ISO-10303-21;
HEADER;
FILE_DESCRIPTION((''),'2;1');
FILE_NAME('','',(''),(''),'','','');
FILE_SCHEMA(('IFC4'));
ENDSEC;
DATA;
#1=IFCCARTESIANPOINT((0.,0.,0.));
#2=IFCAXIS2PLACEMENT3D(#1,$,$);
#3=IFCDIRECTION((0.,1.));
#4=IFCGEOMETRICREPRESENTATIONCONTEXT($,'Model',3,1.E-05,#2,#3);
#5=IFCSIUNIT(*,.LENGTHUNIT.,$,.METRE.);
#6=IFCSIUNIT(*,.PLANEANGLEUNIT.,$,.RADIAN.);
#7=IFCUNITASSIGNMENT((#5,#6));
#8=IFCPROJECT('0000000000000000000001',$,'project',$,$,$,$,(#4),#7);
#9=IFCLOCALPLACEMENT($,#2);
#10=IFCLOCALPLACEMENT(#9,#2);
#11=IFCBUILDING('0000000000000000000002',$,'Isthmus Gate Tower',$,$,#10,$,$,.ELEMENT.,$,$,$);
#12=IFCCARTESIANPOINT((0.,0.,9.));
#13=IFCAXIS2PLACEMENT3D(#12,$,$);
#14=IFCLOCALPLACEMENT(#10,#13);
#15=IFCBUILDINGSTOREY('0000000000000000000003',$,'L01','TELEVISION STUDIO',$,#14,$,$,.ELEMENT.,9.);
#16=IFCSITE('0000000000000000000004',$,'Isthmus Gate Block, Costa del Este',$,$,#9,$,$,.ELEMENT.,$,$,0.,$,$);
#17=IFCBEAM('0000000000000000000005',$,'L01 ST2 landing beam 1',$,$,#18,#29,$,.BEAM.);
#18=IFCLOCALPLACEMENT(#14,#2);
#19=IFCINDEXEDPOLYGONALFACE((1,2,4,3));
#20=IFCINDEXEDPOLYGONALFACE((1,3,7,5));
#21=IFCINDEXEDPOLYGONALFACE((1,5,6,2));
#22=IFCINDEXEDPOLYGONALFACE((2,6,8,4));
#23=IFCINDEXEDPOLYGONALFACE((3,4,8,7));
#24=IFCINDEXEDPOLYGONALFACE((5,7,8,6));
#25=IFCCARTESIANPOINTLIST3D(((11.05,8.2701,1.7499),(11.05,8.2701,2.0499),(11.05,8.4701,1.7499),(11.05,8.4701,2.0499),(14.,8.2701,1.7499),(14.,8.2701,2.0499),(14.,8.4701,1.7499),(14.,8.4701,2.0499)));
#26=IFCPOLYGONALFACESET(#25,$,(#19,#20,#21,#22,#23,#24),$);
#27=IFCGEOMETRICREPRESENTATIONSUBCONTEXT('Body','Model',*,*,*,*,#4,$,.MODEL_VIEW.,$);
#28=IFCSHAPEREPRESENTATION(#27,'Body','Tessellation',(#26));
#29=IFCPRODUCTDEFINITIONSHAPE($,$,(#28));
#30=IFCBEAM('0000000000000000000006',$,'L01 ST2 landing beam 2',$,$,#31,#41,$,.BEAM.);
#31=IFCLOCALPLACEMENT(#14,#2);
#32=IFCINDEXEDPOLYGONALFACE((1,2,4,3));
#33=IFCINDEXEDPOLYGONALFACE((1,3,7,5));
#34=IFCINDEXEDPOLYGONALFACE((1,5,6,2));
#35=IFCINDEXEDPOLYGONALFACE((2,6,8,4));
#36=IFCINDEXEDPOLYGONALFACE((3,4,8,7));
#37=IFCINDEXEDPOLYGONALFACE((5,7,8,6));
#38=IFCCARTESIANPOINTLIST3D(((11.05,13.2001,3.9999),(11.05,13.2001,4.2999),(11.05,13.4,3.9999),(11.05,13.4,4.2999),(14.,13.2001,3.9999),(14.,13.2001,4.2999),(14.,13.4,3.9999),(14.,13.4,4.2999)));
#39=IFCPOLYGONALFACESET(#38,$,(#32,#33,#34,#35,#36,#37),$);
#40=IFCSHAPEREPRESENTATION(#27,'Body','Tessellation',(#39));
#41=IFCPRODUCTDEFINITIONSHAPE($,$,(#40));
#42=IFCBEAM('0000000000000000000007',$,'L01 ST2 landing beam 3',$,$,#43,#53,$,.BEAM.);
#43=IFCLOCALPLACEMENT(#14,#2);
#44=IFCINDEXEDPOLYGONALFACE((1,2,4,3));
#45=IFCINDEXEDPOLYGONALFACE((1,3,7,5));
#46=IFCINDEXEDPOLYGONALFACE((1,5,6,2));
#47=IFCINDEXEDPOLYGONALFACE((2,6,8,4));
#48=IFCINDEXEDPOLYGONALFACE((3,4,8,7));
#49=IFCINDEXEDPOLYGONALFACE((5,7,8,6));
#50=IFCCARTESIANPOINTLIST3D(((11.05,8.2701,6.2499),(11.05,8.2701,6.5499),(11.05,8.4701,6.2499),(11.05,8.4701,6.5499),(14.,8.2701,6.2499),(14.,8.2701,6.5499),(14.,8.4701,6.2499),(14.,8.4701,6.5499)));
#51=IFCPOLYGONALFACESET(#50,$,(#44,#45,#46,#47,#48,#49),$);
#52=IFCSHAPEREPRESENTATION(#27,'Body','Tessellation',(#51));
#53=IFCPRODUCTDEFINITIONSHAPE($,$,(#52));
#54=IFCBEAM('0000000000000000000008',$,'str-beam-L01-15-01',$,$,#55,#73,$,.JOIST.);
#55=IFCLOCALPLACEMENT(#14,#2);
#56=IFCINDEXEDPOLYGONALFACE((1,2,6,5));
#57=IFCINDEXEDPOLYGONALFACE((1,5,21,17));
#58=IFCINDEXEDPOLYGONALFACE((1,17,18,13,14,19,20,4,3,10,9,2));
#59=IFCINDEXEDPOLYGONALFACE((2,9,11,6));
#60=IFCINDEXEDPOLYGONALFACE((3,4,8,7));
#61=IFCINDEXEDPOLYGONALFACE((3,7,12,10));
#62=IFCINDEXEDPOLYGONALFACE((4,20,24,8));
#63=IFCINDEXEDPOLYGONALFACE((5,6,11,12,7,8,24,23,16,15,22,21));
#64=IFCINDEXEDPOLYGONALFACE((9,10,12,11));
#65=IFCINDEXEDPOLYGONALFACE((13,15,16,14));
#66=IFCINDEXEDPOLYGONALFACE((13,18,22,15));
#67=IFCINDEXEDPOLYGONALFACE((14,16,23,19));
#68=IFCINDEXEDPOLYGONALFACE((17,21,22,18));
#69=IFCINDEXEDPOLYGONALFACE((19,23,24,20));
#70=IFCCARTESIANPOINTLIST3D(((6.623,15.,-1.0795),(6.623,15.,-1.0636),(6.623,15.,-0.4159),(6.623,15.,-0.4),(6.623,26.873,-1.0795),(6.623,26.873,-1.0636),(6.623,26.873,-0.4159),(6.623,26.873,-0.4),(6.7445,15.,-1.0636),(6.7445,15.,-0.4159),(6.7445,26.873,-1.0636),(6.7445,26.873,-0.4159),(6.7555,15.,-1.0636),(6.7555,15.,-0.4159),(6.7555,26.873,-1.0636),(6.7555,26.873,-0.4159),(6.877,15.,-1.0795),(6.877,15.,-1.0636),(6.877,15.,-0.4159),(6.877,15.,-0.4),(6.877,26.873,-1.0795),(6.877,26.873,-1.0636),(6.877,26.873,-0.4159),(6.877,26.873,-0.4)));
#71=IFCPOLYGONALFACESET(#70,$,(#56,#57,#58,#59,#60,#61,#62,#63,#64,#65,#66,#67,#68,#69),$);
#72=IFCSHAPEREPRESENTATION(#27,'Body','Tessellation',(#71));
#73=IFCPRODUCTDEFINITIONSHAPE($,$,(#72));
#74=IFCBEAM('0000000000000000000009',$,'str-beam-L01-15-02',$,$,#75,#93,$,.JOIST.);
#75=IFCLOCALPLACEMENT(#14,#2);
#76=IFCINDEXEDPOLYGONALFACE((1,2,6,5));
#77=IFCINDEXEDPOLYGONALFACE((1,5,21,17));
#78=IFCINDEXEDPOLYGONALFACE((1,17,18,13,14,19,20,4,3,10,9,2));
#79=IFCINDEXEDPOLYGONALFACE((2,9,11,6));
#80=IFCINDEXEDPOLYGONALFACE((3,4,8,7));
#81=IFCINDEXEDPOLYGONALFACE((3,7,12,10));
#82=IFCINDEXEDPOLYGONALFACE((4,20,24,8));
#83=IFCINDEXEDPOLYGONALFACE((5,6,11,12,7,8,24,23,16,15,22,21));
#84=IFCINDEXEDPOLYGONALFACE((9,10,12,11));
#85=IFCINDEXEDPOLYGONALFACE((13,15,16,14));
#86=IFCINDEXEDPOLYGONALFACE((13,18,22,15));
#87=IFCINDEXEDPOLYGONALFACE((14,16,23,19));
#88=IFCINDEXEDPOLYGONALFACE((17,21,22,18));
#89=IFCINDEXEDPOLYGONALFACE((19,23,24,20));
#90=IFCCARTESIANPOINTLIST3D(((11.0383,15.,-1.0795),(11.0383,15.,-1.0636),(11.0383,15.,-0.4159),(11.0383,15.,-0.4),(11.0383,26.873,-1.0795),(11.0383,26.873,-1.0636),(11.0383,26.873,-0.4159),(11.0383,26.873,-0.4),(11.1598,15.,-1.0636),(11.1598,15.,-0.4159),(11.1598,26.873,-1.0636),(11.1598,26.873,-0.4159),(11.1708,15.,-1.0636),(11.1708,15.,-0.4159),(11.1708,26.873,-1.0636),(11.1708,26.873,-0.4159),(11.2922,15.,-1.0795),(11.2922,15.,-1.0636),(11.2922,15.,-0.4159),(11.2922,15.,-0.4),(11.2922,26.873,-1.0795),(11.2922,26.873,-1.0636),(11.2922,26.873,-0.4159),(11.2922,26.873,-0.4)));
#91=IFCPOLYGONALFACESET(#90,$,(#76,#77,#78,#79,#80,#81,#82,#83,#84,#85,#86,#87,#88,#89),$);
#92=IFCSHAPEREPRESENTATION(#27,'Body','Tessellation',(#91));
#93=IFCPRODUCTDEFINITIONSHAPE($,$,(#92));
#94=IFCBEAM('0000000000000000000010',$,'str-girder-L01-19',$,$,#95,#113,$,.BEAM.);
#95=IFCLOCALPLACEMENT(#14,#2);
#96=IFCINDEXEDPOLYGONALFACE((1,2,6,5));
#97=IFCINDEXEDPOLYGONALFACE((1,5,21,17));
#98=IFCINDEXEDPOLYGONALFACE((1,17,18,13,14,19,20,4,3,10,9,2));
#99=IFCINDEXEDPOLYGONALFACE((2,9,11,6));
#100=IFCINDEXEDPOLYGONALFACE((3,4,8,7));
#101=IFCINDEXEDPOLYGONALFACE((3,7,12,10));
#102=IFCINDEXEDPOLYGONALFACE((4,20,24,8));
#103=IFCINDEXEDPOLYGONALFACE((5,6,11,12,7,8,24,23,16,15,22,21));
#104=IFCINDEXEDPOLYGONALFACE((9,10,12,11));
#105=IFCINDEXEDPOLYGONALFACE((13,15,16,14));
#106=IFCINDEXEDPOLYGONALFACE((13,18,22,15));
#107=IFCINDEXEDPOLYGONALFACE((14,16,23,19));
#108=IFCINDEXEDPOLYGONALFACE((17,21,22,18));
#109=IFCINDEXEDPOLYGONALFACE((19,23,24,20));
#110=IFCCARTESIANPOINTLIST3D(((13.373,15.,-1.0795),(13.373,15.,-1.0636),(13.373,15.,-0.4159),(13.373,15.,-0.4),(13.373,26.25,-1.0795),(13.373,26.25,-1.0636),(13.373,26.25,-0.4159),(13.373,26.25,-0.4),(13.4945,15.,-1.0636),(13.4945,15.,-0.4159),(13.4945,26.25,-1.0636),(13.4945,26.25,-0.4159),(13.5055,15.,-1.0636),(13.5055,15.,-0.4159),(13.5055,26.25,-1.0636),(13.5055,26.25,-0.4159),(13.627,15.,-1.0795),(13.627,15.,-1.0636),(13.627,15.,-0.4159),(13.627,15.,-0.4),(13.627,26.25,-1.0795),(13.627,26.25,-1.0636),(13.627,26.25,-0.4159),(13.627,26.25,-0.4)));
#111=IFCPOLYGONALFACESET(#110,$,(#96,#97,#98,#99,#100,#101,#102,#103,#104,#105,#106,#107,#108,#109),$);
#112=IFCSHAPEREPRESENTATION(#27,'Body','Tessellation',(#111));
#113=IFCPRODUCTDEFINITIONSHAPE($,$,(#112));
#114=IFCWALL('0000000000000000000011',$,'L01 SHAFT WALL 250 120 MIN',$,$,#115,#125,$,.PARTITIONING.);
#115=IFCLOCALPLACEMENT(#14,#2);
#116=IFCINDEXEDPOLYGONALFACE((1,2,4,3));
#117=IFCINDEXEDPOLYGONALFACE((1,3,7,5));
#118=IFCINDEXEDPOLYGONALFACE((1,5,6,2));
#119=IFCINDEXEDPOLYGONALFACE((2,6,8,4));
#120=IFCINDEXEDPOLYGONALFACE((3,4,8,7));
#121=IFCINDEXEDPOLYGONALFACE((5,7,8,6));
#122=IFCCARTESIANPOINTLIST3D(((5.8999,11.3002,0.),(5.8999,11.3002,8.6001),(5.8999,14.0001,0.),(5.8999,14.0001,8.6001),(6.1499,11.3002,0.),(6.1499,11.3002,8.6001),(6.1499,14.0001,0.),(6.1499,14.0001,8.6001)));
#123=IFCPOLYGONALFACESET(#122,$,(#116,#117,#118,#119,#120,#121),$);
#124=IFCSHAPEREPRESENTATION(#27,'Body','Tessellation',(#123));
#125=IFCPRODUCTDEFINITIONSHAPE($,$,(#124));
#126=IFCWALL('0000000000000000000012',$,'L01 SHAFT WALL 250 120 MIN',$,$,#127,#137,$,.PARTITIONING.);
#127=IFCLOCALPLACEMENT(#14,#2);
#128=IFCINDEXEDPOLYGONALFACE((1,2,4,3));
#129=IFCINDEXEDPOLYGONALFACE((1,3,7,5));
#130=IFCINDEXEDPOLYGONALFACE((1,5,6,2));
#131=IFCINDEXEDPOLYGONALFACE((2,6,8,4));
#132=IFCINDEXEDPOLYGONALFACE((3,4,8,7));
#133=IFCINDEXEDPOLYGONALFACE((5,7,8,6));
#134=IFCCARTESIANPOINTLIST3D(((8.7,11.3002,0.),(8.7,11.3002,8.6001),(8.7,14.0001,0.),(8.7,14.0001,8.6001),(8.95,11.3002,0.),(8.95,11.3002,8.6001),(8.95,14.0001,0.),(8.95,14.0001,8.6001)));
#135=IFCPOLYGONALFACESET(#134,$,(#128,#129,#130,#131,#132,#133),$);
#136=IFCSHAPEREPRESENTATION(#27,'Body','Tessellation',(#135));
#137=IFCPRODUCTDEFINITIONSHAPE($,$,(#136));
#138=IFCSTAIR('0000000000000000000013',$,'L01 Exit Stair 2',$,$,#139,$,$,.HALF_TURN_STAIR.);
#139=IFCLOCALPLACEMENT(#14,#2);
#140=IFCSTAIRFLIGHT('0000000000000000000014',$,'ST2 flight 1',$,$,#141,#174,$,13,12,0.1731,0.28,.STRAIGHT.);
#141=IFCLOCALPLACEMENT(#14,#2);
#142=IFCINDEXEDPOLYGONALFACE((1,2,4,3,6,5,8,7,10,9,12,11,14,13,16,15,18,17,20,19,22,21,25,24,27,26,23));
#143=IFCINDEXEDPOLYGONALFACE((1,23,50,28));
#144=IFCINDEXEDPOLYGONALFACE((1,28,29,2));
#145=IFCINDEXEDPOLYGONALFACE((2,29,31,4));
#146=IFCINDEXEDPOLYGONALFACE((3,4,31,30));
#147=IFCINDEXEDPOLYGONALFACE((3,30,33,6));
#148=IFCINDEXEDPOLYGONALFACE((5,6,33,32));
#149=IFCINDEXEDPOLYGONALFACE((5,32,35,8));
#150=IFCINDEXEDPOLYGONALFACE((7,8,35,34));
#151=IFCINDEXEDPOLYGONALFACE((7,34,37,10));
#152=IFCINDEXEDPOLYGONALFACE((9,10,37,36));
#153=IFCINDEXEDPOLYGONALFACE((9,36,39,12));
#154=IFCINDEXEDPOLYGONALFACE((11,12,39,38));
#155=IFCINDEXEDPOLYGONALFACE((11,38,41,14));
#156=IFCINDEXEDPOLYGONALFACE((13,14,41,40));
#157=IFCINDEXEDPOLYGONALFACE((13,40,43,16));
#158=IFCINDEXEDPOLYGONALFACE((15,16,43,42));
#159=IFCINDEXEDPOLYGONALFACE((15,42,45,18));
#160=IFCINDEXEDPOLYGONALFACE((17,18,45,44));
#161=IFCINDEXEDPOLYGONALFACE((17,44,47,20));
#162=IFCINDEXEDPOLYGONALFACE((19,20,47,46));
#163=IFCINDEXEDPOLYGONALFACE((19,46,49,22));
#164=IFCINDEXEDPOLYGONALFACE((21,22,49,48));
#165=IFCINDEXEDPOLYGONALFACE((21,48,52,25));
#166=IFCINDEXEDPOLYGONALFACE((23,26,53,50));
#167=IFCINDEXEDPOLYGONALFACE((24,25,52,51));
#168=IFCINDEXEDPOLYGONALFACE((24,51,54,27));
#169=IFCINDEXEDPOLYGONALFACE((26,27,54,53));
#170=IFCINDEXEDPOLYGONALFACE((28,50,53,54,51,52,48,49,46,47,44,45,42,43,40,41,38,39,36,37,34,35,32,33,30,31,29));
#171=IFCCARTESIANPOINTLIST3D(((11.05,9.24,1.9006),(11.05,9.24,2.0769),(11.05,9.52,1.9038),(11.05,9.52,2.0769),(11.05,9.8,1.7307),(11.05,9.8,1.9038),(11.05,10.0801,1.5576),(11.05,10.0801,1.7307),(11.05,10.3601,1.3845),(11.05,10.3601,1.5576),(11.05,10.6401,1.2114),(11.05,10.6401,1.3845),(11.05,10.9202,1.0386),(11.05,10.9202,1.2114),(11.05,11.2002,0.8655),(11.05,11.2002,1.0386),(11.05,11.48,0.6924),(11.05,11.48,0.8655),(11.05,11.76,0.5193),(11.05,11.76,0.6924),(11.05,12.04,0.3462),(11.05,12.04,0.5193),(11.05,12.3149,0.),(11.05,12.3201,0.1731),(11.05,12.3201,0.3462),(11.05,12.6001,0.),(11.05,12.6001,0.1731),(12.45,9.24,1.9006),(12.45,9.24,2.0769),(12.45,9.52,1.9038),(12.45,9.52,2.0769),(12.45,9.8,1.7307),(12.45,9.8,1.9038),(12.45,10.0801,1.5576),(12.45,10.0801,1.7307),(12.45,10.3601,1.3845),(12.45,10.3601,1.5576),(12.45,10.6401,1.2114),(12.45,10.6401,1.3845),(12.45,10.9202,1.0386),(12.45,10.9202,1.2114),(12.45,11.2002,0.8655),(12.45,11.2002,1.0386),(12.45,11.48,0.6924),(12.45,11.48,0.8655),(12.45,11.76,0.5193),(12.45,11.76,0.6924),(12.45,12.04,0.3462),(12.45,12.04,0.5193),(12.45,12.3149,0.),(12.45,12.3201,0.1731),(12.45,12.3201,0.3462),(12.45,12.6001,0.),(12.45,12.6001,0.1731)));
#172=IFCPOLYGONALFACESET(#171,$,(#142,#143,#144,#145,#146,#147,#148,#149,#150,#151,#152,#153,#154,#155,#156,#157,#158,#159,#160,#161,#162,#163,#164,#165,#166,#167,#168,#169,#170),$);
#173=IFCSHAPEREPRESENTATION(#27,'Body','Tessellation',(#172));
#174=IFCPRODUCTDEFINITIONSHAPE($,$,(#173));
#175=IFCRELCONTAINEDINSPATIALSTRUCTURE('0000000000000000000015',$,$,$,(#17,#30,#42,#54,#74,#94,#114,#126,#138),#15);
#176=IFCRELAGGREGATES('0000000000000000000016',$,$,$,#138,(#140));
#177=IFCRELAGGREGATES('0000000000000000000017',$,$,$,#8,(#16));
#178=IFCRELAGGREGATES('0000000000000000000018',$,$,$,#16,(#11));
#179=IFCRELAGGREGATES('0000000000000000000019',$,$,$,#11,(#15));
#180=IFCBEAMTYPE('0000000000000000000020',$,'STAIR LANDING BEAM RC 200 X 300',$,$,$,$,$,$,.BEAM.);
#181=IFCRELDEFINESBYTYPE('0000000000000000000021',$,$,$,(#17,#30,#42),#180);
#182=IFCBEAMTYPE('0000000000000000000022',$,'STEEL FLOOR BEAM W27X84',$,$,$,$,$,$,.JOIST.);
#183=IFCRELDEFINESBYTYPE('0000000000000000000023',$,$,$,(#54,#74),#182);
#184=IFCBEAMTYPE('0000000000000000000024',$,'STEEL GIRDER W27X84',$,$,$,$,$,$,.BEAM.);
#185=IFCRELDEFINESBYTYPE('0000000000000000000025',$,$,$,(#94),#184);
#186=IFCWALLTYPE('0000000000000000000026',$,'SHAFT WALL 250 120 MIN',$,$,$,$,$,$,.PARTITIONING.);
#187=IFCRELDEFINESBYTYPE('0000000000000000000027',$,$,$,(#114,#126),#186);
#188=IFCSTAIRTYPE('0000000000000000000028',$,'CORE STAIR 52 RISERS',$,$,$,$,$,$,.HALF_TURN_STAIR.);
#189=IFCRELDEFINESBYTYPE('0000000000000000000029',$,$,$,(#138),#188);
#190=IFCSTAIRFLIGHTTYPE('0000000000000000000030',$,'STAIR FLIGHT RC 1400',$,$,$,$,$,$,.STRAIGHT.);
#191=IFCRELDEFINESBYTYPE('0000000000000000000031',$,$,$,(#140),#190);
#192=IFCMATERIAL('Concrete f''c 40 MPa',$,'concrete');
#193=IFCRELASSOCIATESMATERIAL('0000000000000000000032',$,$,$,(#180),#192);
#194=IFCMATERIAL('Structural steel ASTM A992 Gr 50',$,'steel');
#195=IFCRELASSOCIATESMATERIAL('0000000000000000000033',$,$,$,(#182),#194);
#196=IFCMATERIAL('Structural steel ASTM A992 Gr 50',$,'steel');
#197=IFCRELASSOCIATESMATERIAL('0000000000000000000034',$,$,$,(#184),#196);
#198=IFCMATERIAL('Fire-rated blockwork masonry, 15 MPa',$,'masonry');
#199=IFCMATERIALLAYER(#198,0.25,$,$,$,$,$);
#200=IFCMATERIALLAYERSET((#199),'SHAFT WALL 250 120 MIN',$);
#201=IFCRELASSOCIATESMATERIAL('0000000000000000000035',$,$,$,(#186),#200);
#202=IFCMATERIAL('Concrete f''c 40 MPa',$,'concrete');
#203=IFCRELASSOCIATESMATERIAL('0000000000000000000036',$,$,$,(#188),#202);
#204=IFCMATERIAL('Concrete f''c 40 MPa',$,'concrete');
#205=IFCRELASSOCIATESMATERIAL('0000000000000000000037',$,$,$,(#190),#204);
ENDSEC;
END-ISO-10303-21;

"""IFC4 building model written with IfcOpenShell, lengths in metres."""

from ifc_helpers import new_model, si_unit, direction, frame, frame_2d, origin, origin_2d, place, context, subcontext, project, spatial, polyline, rectangle, i_section, outline, extrude, material, layer, layer_set, material_profile, profile_set, type_object, element, aggregate, save


model = new_model("IFC4")

# Units and contexts
model_context = context("Model", 3, precision=1e-05, world=origin(), true_north=direction((0.0, 1.0)))
body_context = subcontext(model_context, "Body", "Model", "MODEL_VIEW")
ifc_project = project(units=[si_unit("LENGTHUNIT", "METRE"), si_unit("PLANEANGLEUNIT", "RADIAN")], contexts=[model_context])

# Site, building, storey
site_placement = place(None, origin())
site = spatial("IfcSite", under=ifc_project, at=site_placement, Name="Isthmus Gate Block, Costa del Este", CompositionType="ELEMENT", RefElevation=0.0)
building_placement = place(site_placement, origin())
building = spatial("IfcBuilding", under=site, at=building_placement, Name="Isthmus Gate Tower", CompositionType="ELEMENT")
storey_placement = place(building_placement, frame((0.0, 0.0, 9.0)))
storey = spatial("IfcBuildingStorey", under=building, at=storey_placement, Name="L01", Description="TELEVISION STUDIO", CompositionType="ELEMENT", Elevation=9.0)

# Beams
ifc_material_1 = material(Name="Concrete f'c 40 MPa", Category="concrete")
ifc_material_profile_1 = material_profile(ifc_material_1, rectangle(XDim=0.2, YDim=0.3, at=origin_2d()), Name="STAIR LANDING BEAM RC 200 X 300")
ifc_profile_set_1 = profile_set([ifc_material_profile_1], Name="Concrete f'c 40 MPa")
beam_type_1 = type_object("IfcBeamType", Name="STAIR LANDING BEAM RC 200 X 300", PredefinedType="BEAM", material=ifc_profile_set_1)
for number, where, z_axis, x_axis, name in (
    (1, (11.05, 8.3701, 1.8999), (1.0, 0.0, 0.0), (0.0, 1.0, 0.0), "L01 ST2 landing beam 1"),
    (2, (11.05, 13.3, 4.1499), (1.0, 0.0, 0.0), (0.0, 1.0, 0.0), "L01 ST2 landing beam 2"),
    (3, (11.05, 8.3701, 6.3999), (1.0, 0.0, 0.0), (0.0, 1.0, 0.0), "L01 ST2 landing beam 3"),
):
    element("IfcBeam", number, at=place(storey_placement, frame(where, z_axis=z_axis, x_axis=x_axis)), inside=storey, type_object=beam_type_1, Name=name, PredefinedType="BEAM", context=body_context, shape_type="SweptSolid", body=[
        extrude(rectangle(XDim=0.2, YDim=0.3, at=origin_2d()), origin(), (0.0, 0.0, 1.0), 2.95),
    ])
ifc_material_2 = material(Name="Structural steel ASTM A992 Gr 50", Category="steel")
ifc_material_profile_2 = material_profile(ifc_material_2, i_section(OverallWidth=0.2539, OverallDepth=0.6794, WebThickness=0.011, FlangeThickness=0.0159, at=origin_2d()), Name="W27X84")
ifc_profile_set_2 = profile_set([ifc_material_profile_2], Name="Structural steel ASTM A992 Gr 50")
beam_type_2 = type_object("IfcBeamType", Name="STEEL FLOOR BEAM W27X84", PredefinedType="JOIST", material=ifc_profile_set_2)
for number, where, z_axis, x_axis, name in (
    (4, (6.75, 15.0, -0.7397), (0.0, 1.0, 0.0), (-1.0, 0.0, 0.0), "str-beam-L01-15-01"),
    (5, (11.1653, 15.0, -0.7397), (0.0, 1.0, 0.0), (-1.0, 0.0, 0.0), "str-beam-L01-15-02"),
):
    element("IfcBeam", number, at=place(storey_placement, frame(where, z_axis=z_axis, x_axis=x_axis)), inside=storey, type_object=beam_type_2, Name=name, PredefinedType="JOIST", context=body_context, shape_type="SweptSolid", body=[
        extrude(i_section(OverallWidth=0.2539, OverallDepth=0.6794, WebThickness=0.011, FlangeThickness=0.0159, at=origin_2d()), origin(), (0.0, 0.0, 1.0), 11.873),
    ])
ifc_material_3 = material(Name="Structural steel ASTM A992 Gr 50", Category="steel")
ifc_material_profile_3 = material_profile(ifc_material_3, i_section(OverallWidth=0.2539, OverallDepth=0.6794, WebThickness=0.011, FlangeThickness=0.0159, at=origin_2d()), Name="W27X84")
ifc_profile_set_3 = profile_set([ifc_material_profile_3], Name="Structural steel ASTM A992 Gr 50")
beam_type_3 = type_object("IfcBeamType", Name="STEEL GIRDER W27X84", PredefinedType="BEAM", material=ifc_profile_set_3)
beam_placement = place(storey_placement, frame((13.5, 15.0, -0.7397), z_axis=(0.0, 1.0, 0.0), x_axis=(-1.0, 0.0, 0.0)))
element("IfcBeam", 6, at=beam_placement, inside=storey, type_object=beam_type_3, Name="str-girder-L01-19", PredefinedType="BEAM", context=body_context, shape_type="SweptSolid", body=[
    extrude(i_section(OverallWidth=0.2539, OverallDepth=0.6794, WebThickness=0.011, FlangeThickness=0.0159, at=origin_2d()), origin(), (0.0, 0.0, 1.0), 11.25),
])

# Walls
ifc_material_4 = material(Name="Fire-rated blockwork masonry, 15 MPa", Category="masonry")
ifc_layer = layer(ifc_material_4, 0.25)
ifc_layer_set = layer_set([ifc_layer], Name="SHAFT WALL 250 120 MIN")
wall_type = type_object("IfcWallType", Name="SHAFT WALL 250 120 MIN", PredefinedType="PARTITIONING", material=ifc_layer_set)
for number, where, z_axis, x_axis, name in (
    (7, (6.0249, 11.3, 0.0), (0.0, 0.0, 1.0), (0.0, 1.0, 0.0), "L01 SHAFT WALL 250 120 MIN"),
    (8, (8.825, 11.3, 0.0), (0.0, 0.0, 1.0), (0.0, 1.0, 0.0), "L01 SHAFT WALL 250 120 MIN"),
):
    element("IfcWall", number, at=place(storey_placement, frame(where, z_axis=z_axis, x_axis=x_axis)), inside=storey, type_object=wall_type, Name=name, PredefinedType="PARTITIONING", context=body_context, shape_type="SweptSolid", body=[
        extrude(rectangle(XDim=2.7, YDim=0.25, at=frame_2d((1.3501, 0.0))), origin(), (0.0, 0.0, 1.0), 8.6001),
    ])

# Stair, stair flight
ifc_material_5 = material(Name="Concrete f'c 40 MPa", Category="concrete")
stair_type = type_object("IfcStairType", Name="CORE STAIR 52 RISERS", PredefinedType="HALF_TURN_STAIR", material=ifc_material_5)
stair_placement = place(storey_placement, origin())
stair = element("IfcStair", 9, at=stair_placement, inside=storey, type_object=stair_type, Name="L01 Exit Stair 2", PredefinedType="HALF_TURN_STAIR")
ifc_material_6 = material(Name="Concrete f'c 40 MPa", Category="concrete")
stair_flight_type = type_object("IfcStairFlightType", Name="STAIR FLIGHT RC 1400", PredefinedType="STRAIGHT", material=ifc_material_6)
stair_flight_1_placement = place(storey_placement, frame((11.75, 12.6001, 0.0), z_axis=(0.0, 0.0, 1.0), x_axis=(0.0, -1.0, 0.0)))
stair_flight_1 = element("IfcStairFlight", 10, at=stair_flight_1_placement, type_object=stair_flight_type, Name="ST2 flight 1", NumberOfRisers=13, NumberOfTreads=12, PredefinedType="STRAIGHT", RiserHeight=0.1731, TreadLength=0.28, context=body_context, shape_type="SweptSolid", body=[
    extrude(outline(polyline([(0.0, 0.0), (0.0, 0.1731), (0.28, 0.1731), (0.28, 0.3462), (0.5601, 0.3462), (0.5601, 0.5193), (0.8401, 0.5193), (0.8401, 0.6924), (1.1201, 0.6924), (1.1201, 0.8655), (1.3999, 0.8655), (1.3999, 1.0386), (1.6799, 1.0386), (1.6799, 1.2114), (1.96, 1.2114), (1.96, 1.3845), (2.24, 1.3845), (2.24, 1.5576), (2.52, 1.5576), (2.52, 1.7307), (2.8, 1.7307), (2.8, 1.9038), (3.0801, 1.9038), (3.0801, 2.0769), (3.3601, 2.0769), (3.3601, 2.25), (3.3601, 1.9006), (0.2852, 0.0), (0.0, 0.0)])), frame((0.0, 0.7, 0.0), z_axis=(0.0, -1.0, 0.0), x_axis=(1.0, 0.0, 0.0)), (0.0, 0.0, 1.0), 1.3999),
])
aggregate(stair, [stair_flight_1])

save(model, "model.ifc")
